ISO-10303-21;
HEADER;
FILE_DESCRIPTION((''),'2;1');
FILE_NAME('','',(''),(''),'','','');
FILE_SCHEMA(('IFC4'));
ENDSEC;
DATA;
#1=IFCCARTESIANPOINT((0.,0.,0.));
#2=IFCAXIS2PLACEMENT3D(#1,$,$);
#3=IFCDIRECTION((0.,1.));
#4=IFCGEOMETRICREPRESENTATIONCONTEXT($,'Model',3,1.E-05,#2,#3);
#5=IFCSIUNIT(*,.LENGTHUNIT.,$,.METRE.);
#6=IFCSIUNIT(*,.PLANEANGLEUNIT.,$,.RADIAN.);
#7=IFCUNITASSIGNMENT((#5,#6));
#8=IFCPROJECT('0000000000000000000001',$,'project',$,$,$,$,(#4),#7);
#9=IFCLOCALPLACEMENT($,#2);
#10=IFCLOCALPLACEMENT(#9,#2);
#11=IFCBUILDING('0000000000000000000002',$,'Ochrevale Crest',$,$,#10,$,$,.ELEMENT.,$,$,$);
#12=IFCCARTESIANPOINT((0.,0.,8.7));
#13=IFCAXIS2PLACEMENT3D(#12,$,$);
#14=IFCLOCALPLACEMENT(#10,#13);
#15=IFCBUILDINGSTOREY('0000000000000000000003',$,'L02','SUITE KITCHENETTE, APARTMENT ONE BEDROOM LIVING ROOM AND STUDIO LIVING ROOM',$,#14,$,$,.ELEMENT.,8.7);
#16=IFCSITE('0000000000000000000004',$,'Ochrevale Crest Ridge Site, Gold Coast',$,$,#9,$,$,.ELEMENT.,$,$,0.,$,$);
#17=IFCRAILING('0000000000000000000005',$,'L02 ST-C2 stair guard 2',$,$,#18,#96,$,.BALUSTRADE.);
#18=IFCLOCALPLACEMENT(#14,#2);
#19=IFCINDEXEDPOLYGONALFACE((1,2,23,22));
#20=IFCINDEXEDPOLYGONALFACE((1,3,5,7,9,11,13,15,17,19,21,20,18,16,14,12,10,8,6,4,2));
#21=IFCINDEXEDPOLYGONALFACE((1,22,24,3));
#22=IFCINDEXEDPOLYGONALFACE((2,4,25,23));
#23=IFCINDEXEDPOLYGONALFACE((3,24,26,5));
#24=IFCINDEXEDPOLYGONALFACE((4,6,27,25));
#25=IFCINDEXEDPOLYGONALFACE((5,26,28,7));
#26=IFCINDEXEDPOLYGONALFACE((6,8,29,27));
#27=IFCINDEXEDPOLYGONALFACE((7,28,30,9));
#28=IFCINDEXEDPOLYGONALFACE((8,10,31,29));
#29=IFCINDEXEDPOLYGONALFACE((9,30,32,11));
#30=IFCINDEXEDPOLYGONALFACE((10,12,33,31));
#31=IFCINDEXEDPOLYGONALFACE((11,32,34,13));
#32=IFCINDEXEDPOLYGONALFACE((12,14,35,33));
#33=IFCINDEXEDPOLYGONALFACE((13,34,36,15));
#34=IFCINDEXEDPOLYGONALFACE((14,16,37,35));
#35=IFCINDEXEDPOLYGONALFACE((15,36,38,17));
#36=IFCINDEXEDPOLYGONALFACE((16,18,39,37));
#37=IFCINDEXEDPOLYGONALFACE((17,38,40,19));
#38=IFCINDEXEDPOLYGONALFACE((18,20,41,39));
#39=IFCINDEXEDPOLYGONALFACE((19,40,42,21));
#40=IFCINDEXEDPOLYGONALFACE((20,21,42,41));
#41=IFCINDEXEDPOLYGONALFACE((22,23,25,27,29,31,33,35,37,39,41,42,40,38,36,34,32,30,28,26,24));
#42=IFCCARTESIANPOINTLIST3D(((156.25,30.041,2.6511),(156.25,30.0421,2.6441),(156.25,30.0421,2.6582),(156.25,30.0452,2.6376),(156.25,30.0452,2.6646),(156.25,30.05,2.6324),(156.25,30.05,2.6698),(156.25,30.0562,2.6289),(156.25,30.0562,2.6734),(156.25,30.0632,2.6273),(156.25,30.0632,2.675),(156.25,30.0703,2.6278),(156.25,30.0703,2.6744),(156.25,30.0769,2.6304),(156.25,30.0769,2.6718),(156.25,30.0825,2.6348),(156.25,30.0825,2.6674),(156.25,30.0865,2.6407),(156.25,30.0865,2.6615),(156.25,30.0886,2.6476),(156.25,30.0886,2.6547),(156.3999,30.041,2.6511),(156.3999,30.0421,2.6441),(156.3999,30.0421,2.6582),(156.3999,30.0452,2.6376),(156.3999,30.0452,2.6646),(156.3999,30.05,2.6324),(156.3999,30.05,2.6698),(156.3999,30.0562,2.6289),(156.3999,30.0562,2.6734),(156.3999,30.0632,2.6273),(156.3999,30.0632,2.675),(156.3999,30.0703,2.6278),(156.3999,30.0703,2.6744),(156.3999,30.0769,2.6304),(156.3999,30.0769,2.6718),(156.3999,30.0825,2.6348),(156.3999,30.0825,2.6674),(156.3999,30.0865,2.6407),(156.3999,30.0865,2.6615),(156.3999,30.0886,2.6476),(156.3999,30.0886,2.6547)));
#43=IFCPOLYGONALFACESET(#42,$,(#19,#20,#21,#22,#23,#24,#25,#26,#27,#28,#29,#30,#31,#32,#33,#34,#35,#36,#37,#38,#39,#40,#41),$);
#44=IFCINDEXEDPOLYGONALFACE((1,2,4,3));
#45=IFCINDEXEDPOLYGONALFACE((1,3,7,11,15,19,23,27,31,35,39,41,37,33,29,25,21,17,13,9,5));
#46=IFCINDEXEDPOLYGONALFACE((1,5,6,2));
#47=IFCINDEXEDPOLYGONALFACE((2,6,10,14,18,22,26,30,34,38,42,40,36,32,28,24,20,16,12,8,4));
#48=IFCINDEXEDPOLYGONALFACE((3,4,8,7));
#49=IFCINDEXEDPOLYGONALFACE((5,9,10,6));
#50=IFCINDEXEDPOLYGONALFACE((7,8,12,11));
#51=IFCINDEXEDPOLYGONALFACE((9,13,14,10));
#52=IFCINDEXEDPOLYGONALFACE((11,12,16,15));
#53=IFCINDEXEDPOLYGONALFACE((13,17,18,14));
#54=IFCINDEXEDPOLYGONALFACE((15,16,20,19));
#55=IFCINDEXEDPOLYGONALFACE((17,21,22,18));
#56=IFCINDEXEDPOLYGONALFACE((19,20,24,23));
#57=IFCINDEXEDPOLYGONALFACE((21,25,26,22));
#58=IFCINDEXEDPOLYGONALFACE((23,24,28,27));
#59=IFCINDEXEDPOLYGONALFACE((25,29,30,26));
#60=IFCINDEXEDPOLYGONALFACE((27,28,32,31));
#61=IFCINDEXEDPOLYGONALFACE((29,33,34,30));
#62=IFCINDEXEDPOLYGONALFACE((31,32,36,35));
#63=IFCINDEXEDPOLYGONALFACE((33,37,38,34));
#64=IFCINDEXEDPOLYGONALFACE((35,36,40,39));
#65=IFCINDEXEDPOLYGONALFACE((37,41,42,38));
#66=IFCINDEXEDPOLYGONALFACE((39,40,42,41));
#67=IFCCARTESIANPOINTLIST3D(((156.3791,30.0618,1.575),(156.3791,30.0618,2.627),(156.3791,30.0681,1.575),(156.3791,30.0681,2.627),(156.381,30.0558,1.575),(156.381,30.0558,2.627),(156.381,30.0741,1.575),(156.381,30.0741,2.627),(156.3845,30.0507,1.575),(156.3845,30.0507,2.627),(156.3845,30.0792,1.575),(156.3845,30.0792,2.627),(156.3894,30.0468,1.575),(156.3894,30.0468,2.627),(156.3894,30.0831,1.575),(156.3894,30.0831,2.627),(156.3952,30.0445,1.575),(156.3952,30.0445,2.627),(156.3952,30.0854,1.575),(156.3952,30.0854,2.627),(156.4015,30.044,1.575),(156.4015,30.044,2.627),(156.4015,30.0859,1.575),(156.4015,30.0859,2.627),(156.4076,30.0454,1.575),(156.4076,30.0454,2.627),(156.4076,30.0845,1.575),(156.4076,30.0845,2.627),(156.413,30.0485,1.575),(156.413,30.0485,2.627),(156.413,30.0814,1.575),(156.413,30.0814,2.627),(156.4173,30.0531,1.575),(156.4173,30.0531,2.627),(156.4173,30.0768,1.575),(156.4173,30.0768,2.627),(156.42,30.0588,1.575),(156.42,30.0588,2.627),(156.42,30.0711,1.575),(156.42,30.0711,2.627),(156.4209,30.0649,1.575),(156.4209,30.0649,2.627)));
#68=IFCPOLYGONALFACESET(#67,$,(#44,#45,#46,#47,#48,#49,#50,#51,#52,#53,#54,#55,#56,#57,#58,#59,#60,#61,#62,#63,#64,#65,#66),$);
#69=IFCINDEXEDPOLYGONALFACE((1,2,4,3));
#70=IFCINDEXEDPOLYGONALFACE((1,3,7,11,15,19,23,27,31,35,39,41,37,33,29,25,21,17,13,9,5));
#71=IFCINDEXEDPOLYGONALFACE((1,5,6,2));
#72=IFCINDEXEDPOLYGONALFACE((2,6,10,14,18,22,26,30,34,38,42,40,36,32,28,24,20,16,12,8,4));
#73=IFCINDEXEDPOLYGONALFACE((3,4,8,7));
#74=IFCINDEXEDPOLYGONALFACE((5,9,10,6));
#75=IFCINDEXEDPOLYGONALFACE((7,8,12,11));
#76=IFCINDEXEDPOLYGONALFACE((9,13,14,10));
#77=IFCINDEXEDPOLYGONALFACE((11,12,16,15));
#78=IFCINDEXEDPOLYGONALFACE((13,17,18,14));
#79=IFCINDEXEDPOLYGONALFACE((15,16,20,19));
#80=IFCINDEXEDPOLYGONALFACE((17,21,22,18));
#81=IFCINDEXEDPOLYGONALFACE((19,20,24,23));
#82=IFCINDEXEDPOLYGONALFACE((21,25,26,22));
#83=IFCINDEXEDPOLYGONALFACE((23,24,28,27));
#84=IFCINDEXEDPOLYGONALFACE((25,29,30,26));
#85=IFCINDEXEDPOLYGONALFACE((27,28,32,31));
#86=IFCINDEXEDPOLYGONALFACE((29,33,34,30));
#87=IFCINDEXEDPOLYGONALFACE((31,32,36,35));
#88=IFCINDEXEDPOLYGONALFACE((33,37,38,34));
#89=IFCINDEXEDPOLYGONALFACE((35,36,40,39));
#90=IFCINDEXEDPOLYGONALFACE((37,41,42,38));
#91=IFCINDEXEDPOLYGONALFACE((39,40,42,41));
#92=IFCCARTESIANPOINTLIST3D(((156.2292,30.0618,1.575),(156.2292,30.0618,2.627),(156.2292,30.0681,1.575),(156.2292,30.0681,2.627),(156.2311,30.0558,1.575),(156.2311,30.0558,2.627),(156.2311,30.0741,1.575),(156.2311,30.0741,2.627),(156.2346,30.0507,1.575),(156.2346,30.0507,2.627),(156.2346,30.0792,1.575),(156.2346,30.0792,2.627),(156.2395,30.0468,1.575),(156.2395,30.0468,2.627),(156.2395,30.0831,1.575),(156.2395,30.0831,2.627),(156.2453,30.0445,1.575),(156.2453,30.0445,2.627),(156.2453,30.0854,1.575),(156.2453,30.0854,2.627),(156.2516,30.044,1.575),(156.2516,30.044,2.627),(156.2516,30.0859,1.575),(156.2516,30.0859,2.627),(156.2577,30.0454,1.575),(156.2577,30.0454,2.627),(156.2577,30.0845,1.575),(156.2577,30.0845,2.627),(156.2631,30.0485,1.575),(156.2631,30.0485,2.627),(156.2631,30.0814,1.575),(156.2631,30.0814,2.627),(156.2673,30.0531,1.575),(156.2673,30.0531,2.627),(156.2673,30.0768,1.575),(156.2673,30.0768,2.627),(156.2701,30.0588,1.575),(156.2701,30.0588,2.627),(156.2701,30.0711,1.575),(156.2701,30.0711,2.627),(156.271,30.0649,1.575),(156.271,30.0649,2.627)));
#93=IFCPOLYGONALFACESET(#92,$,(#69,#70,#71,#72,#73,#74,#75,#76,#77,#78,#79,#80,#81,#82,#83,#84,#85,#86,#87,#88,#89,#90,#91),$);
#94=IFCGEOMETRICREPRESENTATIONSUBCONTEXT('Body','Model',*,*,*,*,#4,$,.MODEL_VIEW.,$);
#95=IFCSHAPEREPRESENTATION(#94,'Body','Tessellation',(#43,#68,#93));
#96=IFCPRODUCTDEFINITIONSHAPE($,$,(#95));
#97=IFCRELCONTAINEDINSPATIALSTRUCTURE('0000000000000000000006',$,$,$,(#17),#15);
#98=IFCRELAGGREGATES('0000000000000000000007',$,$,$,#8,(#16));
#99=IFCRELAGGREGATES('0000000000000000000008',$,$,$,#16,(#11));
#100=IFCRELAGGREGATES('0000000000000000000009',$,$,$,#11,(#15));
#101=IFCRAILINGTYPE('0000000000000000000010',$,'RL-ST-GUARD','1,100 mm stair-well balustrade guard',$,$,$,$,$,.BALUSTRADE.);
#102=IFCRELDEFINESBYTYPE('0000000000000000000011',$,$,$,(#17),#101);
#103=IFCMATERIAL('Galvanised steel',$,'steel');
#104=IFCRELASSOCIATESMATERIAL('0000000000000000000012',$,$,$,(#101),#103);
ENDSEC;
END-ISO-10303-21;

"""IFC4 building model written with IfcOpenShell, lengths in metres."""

from ifc_helpers import new_model, si_unit, direction, frame, origin, origin_2d, place, context, subcontext, project, spatial, circle, extrude, material, type_object, element, save


model = new_model("IFC4")

# Units and contexts
model_context = context("Model", 3, precision=1e-05, world=origin(), true_north=direction((0.0, 1.0)))
body_context = subcontext(model_context, "Body", "Model", "MODEL_VIEW")
ifc_project = project(units=[si_unit("LENGTHUNIT", "METRE"), si_unit("PLANEANGLEUNIT", "RADIAN")], contexts=[model_context])

# Site, building, storey
site_placement = place(None, origin())
site = spatial("IfcSite", under=ifc_project, at=site_placement, Name="Ochrevale Crest Ridge Site, Gold Coast", CompositionType="ELEMENT", RefElevation=0.0)
building_placement = place(site_placement, origin())
building = spatial("IfcBuilding", under=site, at=building_placement, Name="Ochrevale Crest", CompositionType="ELEMENT")
storey_placement = place(building_placement, frame((0.0, 0.0, 8.7)))
storey = spatial("IfcBuildingStorey", under=building, at=storey_placement, Name="L02", Description="SUITE KITCHENETTE, APARTMENT ONE BEDROOM LIVING ROOM AND STUDIO LIVING ROOM", CompositionType="ELEMENT", Elevation=8.7)

# Railing
ifc_material_1 = material(Name="Galvanised steel", Category="steel")
railing_type_1 = type_object("IfcRailingType", Name="RL-ST-GUARD", Description="1,100 mm stair-well balustrade guard", PredefinedType="BALUSTRADE", material=ifc_material_1)
railing_1_placement = place(storey_placement, frame((156.3999, 30.0649, 1.575)))
element("IfcRailing", 1, at=railing_1_placement, inside=storey, type_object=railing_type_1, Name="L02 ST-C2 stair guard 2", PredefinedType="BALUSTRADE", context=body_context, shape_type="SweptSolid", body=[
    extrude(circle(Radius=0.0239, at=origin_2d()), frame((0.0, 0.0, 1.0762), z_axis=(-1.0, 0.0, 0.0), x_axis=(0.0, -1.0, 0.0)), (0.0, 0.0, 1.0), 0.1499),
    extrude(circle(Radius=0.021, at=origin_2d()), origin(), (0.0, 0.0, 1.0), 1.052),
    extrude(circle(Radius=0.021, at=origin_2d()), frame((-0.1499, 0.0, 0.0)), (0.0, 0.0, 1.0), 1.052),
])

save(model, "model.ifc")
